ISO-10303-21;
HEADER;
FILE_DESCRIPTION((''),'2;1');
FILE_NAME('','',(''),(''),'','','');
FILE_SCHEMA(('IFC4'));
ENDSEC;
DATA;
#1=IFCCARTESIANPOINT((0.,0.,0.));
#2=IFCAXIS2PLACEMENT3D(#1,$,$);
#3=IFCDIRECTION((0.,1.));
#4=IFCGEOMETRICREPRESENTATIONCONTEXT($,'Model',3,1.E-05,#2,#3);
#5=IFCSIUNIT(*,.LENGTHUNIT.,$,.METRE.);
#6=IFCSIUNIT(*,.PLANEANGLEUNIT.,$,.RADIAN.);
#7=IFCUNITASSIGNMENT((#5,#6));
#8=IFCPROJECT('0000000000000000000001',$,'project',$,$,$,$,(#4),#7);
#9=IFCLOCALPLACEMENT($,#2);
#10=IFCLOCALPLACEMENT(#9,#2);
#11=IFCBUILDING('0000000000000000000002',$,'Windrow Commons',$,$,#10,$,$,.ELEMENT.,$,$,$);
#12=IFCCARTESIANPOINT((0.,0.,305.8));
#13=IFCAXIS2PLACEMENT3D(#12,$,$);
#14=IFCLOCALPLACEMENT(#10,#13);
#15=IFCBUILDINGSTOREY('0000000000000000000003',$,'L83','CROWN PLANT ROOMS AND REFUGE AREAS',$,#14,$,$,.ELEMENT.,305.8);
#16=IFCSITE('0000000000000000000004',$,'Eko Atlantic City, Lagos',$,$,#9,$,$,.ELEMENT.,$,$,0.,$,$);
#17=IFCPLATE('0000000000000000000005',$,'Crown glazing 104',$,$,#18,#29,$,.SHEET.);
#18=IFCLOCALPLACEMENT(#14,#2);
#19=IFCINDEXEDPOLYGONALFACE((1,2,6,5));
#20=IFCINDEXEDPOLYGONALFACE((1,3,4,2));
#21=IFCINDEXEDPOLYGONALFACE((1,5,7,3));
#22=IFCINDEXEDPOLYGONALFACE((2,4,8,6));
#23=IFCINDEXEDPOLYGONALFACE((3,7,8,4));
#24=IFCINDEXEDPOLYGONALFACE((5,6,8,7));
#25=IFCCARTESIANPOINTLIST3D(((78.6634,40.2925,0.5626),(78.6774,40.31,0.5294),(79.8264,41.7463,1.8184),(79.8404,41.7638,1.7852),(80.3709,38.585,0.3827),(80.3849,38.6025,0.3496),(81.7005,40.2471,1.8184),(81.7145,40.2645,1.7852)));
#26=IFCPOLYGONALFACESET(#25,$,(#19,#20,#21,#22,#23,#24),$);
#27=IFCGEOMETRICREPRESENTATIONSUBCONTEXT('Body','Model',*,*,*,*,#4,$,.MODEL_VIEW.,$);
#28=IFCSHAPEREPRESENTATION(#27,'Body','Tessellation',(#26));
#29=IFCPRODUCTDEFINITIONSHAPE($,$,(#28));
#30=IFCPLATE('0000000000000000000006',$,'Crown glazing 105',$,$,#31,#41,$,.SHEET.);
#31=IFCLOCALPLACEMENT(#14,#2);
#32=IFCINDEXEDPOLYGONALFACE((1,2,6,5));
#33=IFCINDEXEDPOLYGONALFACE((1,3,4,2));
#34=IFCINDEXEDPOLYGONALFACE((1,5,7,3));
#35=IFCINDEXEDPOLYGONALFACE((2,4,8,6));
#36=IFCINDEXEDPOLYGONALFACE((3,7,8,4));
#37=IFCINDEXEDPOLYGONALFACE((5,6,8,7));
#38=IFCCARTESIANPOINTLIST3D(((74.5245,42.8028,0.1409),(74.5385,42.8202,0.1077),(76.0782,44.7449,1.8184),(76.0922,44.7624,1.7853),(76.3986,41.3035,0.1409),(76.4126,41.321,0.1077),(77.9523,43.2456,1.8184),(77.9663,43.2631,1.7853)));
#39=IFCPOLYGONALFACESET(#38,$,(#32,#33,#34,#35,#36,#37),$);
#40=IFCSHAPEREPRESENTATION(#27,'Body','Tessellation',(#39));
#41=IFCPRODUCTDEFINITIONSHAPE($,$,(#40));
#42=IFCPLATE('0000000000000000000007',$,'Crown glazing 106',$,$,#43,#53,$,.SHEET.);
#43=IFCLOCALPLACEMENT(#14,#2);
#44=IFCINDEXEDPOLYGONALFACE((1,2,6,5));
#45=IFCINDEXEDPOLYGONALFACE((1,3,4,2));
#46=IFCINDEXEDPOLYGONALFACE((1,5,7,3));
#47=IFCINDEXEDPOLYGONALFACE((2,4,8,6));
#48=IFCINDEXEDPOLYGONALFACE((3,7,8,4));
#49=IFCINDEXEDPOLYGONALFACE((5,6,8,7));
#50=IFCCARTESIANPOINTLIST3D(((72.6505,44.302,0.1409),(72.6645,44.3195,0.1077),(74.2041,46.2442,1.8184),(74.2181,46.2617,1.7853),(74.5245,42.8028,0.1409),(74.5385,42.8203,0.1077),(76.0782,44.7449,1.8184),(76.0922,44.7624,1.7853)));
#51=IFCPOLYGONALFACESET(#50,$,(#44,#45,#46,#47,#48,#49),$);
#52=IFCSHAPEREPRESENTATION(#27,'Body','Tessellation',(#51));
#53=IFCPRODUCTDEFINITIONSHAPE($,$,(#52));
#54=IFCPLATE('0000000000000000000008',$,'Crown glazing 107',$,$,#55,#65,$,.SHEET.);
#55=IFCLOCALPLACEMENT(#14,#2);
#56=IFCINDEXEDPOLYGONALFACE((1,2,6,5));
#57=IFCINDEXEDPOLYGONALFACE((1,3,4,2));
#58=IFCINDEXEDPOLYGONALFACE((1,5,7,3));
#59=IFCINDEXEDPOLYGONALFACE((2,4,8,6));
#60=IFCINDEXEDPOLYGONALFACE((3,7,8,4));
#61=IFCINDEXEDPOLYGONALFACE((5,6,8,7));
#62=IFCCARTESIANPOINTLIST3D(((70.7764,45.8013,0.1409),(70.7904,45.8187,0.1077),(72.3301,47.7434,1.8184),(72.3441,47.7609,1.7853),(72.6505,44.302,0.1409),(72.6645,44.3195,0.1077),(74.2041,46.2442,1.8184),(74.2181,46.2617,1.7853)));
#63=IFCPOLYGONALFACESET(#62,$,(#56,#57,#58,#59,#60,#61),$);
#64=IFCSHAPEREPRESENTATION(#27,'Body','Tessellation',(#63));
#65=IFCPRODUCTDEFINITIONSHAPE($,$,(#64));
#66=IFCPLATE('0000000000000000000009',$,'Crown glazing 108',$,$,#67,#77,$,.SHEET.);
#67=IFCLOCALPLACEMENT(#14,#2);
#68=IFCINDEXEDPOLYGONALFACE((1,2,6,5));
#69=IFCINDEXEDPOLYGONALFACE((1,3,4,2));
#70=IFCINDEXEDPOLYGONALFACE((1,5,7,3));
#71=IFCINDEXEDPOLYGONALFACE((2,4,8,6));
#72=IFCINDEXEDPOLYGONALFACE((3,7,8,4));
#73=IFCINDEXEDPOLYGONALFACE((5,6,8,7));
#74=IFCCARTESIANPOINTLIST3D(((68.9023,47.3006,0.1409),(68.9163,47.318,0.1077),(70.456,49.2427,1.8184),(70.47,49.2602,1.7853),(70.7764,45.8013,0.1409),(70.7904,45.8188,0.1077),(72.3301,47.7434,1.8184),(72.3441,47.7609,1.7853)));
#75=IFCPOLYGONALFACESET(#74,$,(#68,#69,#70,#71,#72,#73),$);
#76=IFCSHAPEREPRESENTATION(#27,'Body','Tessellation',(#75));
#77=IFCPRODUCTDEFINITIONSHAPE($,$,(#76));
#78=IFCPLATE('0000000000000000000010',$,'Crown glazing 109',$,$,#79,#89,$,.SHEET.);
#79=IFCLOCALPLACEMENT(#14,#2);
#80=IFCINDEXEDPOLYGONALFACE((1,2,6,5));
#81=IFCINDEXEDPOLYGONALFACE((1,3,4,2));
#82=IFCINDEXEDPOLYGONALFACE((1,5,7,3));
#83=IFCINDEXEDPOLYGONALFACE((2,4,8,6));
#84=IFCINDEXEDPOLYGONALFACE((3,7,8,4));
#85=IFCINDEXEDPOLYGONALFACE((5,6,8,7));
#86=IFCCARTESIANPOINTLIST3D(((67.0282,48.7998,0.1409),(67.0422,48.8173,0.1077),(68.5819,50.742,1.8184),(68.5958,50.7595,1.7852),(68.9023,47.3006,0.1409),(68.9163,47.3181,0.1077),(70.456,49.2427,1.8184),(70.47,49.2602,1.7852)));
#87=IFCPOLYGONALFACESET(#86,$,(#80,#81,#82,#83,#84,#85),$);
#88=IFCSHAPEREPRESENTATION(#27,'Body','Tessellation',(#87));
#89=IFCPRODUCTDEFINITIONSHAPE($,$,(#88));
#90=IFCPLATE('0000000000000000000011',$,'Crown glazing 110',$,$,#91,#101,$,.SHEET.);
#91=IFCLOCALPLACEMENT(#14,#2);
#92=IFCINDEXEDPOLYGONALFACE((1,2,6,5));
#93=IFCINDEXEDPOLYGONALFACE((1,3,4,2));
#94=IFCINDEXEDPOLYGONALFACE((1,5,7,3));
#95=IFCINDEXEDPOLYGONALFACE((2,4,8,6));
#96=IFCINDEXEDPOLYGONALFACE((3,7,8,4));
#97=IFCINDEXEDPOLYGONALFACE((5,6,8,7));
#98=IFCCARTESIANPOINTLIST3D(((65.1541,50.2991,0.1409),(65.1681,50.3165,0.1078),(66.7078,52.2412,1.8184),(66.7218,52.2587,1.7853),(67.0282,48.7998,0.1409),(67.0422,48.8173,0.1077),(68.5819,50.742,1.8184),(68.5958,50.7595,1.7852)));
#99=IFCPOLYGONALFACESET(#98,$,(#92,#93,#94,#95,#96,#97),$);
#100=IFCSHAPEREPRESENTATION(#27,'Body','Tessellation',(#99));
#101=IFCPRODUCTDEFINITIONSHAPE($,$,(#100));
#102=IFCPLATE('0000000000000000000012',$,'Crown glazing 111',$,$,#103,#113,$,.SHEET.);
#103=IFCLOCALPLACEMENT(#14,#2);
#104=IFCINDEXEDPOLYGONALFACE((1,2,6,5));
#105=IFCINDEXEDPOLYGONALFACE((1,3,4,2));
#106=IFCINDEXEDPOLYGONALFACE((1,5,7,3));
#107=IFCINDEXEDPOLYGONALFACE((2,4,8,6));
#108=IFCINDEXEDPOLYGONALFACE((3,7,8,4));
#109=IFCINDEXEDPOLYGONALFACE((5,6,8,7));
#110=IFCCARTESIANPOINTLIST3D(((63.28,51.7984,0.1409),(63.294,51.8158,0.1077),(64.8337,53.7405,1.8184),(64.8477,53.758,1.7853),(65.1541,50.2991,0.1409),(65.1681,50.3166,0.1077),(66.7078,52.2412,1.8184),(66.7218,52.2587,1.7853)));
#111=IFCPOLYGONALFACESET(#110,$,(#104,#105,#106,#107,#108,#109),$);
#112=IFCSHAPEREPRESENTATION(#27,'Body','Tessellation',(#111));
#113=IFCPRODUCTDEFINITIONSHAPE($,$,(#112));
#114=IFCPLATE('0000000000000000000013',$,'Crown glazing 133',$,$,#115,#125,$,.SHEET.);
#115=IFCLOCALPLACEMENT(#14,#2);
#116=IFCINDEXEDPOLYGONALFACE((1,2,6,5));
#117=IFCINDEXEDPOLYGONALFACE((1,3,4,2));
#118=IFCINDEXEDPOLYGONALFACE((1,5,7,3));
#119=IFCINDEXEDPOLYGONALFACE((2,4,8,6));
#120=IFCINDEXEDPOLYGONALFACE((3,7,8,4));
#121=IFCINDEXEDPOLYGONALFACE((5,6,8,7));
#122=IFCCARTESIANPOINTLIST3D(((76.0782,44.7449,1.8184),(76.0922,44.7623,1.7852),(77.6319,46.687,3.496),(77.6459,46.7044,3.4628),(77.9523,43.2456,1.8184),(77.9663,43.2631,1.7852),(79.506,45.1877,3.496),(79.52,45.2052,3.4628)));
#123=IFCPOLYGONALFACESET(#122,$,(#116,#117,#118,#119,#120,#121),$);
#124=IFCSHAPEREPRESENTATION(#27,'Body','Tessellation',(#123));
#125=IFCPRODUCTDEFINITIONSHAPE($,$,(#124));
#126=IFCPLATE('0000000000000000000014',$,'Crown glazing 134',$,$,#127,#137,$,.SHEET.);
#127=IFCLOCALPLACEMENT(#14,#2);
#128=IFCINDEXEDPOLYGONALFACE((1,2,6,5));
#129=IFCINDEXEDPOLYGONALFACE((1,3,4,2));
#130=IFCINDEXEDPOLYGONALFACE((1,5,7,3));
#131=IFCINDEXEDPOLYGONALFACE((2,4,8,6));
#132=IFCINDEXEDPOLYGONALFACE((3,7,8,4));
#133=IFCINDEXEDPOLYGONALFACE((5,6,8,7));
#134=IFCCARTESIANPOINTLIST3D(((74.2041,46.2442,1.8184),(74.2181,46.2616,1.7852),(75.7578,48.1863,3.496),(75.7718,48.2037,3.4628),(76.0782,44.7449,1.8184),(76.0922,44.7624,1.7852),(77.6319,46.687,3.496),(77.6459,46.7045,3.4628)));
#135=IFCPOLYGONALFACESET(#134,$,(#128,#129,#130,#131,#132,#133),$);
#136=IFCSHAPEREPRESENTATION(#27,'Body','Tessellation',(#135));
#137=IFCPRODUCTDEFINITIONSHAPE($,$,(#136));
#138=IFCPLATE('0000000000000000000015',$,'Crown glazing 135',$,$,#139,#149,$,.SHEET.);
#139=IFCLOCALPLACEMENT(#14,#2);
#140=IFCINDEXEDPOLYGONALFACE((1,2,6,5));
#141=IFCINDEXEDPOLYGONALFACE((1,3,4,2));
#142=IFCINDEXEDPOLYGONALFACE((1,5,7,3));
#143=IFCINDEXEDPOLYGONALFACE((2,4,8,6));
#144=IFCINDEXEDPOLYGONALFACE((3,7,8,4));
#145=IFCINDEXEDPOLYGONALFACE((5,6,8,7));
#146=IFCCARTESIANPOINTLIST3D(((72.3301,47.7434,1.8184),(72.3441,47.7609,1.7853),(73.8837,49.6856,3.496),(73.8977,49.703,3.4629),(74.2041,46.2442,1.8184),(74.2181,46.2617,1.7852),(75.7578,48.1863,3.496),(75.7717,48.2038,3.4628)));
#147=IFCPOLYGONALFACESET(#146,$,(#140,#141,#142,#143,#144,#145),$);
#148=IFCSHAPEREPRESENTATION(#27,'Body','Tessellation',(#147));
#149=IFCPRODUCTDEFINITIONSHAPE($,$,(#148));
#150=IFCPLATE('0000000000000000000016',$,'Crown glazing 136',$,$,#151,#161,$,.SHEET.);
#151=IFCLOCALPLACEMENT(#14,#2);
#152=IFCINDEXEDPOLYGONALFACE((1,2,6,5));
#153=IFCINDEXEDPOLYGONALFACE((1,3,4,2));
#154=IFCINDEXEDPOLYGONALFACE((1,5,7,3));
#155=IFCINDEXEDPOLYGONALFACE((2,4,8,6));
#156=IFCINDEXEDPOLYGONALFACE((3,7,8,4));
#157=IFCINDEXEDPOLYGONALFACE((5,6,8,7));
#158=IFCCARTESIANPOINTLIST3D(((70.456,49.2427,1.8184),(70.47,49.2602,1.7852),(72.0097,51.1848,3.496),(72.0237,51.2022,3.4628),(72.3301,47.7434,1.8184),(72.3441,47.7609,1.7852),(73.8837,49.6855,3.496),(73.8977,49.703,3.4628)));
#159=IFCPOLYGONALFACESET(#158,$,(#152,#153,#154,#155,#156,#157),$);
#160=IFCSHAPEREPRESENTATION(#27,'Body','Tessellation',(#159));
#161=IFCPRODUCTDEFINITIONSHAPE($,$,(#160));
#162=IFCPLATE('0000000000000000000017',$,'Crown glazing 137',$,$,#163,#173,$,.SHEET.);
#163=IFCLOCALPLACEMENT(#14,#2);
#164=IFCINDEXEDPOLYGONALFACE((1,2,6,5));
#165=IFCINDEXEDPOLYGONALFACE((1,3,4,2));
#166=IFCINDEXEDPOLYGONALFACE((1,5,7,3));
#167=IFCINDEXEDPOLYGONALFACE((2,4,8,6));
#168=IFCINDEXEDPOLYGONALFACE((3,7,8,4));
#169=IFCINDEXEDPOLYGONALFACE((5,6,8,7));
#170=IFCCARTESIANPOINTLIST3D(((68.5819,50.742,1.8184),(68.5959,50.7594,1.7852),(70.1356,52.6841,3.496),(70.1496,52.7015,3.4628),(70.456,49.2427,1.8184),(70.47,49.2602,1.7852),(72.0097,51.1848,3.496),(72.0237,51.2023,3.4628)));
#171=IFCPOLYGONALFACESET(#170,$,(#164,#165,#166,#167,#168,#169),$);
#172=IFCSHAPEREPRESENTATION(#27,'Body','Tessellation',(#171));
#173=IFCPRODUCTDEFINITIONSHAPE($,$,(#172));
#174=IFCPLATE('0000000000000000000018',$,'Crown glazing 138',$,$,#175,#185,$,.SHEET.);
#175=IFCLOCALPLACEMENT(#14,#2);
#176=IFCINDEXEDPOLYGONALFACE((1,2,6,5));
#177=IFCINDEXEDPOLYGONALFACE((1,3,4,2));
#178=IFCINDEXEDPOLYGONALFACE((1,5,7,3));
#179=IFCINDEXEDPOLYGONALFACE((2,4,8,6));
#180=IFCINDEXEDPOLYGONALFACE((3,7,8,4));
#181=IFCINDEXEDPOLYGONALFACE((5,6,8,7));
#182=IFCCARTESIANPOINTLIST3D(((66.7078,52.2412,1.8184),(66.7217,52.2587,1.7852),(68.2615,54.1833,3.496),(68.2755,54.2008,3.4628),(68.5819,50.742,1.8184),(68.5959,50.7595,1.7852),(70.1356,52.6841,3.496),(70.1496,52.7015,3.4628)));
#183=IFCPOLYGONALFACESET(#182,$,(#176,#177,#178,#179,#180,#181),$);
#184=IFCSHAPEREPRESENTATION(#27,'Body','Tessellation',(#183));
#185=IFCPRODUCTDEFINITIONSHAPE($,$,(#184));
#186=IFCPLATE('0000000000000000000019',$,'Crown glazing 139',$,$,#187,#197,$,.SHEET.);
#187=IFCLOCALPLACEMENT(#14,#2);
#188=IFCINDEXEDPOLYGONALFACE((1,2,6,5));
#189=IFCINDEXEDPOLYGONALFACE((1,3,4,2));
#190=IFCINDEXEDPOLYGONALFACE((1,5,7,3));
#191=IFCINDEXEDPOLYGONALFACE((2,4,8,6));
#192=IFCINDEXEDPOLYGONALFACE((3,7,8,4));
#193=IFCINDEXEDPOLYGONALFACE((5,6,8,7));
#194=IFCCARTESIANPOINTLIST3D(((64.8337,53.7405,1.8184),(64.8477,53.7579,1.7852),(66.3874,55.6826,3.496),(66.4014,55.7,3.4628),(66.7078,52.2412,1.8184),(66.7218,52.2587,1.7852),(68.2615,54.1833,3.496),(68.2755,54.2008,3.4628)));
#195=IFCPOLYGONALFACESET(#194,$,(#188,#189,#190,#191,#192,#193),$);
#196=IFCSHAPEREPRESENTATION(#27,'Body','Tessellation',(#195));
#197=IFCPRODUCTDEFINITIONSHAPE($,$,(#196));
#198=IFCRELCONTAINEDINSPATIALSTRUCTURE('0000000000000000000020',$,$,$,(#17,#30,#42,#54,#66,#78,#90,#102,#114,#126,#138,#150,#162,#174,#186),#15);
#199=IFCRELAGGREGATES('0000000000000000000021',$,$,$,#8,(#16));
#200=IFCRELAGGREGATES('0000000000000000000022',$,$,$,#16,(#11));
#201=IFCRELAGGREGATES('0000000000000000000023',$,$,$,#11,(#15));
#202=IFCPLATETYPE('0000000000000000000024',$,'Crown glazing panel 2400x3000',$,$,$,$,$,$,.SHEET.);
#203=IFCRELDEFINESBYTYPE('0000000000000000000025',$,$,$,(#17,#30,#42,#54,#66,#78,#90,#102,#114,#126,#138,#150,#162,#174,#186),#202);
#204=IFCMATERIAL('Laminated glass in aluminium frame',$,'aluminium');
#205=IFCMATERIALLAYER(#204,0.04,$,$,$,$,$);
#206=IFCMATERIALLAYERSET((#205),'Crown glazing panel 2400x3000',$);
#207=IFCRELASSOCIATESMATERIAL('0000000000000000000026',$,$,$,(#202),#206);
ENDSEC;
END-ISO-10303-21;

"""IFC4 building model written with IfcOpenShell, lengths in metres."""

from ifc_helpers import new_model, si_unit, direction, frame, origin, place, context, subcontext, project, spatial, polyline, outline, extrude, material, layer, layer_set, type_object, element, save


model = new_model("IFC4")

# Units and contexts
model_context = context("Model", 3, precision=1e-05, world=origin(), true_north=direction((0.0, 1.0)))
body_context = subcontext(model_context, "Body", "Model", "MODEL_VIEW")
ifc_project = project(units=[si_unit("LENGTHUNIT", "METRE"), si_unit("PLANEANGLEUNIT", "RADIAN")], contexts=[model_context])

# Site, building, storey
site_placement = place(None, origin())
site = spatial("IfcSite", under=ifc_project, at=site_placement, Name="Eko Atlantic City, Lagos", CompositionType="ELEMENT", RefElevation=0.0)
building_placement = place(site_placement, origin())
building = spatial("IfcBuilding", under=site, at=building_placement, Name="Windrow Commons", CompositionType="ELEMENT")
storey_placement = place(building_placement, frame((0.0, 0.0, 305.8)))
storey = spatial("IfcBuildingStorey", under=building, at=storey_placement, Name="L83", Description="CROWN PLANT ROOMS AND REFUGE AREAS", CompositionType="ELEMENT", Elevation=305.8)

# Plates
ifc_material = material(Name="Laminated glass in aluminium frame", Category="aluminium")
ifc_layer = layer(ifc_material, 0.04)
ifc_layer_set = layer_set([ifc_layer], Name="Crown glazing panel 2400x3000")
plate_type = type_object("IfcPlateType", Name="Crown glazing panel 2400x3000", PredefinedType="SHEET", material=ifc_layer_set)
plate_1_placement = place(storey_placement, frame((78.6634, 40.2925, 0.5626), z_axis=(-0.349325, -0.436649, 0.829041), x_axis=(0.517887, 0.647381, 0.559187)))
element("IfcPlate", 1, at=plate_1_placement, inside=storey, type_object=plate_type, Name="Crown glazing 104", PredefinedType="SHEET", context=body_context, shape_type="SweptSolid", body=[
    extrude(outline(polyline([(0.0, 0.0), (2.2457, 0.0), (2.2457, -2.4), (-0.3217, -2.4), (0.0, 0.0)])), origin(), (0.0, 0.0, -1.0), 0.04),
])
plate_2_placement = place(storey_placement, frame((76.3986, 41.3035, 0.1409), z_axis=(-0.349316, -0.43664, 0.82905), x_axis=(-0.780865, 0.6247, 0.0)))
element("IfcPlate", 2, at=plate_2_placement, inside=storey, type_object=plate_type, Name="Crown glazing 105", PredefinedType="SHEET", context=body_context, shape_type="SweptSolid", body=[
    extrude(outline(polyline([(0.0, 0.0), (2.4, 0.0), (2.4, -3.0), (0.0, -3.0), (0.0, 0.0)])), origin(), (0.0, 0.0, -1.0), 0.04),
])
plate_3_placement = place(storey_placement, frame((74.5245, 42.8028, 0.1409), z_axis=(-0.349314, -0.43664, 0.829051), x_axis=(-0.780868, 0.624696, -0.000002)))
element("IfcPlate", 3, at=plate_3_placement, inside=storey, type_object=plate_type, Name="Crown glazing 106", PredefinedType="SHEET", context=body_context, shape_type="SweptSolid", body=[
    extrude(outline(polyline([(0.0, 0.0), (2.3999, 0.0), (2.4, -3.0), (0.0, -3.0), (0.0, 0.0)])), origin(), (0.0, 0.0, -1.0), 0.04),
])
plate_4_placement = place(storey_placement, frame((72.6505, 44.302, 0.1409), z_axis=(-0.349314, -0.43664, 0.829051), x_axis=(-0.780865, 0.624699, 0.000002)))
element("IfcPlate", 4, at=plate_4_placement, inside=storey, type_object=plate_type, Name="Crown glazing 107", PredefinedType="SHEET", context=body_context, shape_type="SweptSolid", body=[
    extrude(outline(polyline([(0.0, 0.0), (2.4, 0.0), (2.4, -3.0), (0.0001, -3.0), (0.0, 0.0)])), origin(), (0.0, 0.0, -1.0), 0.04),
])
plate_5_placement = place(storey_placement, frame((70.7764, 45.8013, 0.1409), z_axis=(-0.349316, -0.43664, 0.82905), x_axis=(-0.780865, 0.6247, 0.0)))
element("IfcPlate", 5, at=plate_5_placement, inside=storey, type_object=plate_type, Name="Crown glazing 108", PredefinedType="SHEET", context=body_context, shape_type="SweptSolid", body=[
    extrude(outline(polyline([(0.0, 0.0), (2.4, 0.0), (2.4, -3.0), (0.0, -3.0), (0.0, 0.0)])), origin(), (0.0, 0.0, -1.0), 0.04),
])
plate_6_placement = place(storey_placement, frame((68.9023, 47.3006, 0.1409), z_axis=(-0.349306, -0.436641, 0.829054), x_axis=(-0.780882, 0.624679, -0.000008)))
element("IfcPlate", 6, at=plate_6_placement, inside=storey, type_object=plate_type, Name="Crown glazing 109", PredefinedType="SHEET", context=body_context, shape_type="SweptSolid", body=[
    extrude(outline(polyline([(0.0, 0.0), (2.4, 0.0), (2.4, -3.0), (-0.0001, -3.0), (0.0, 0.0)])), origin(), (0.0, 0.0, -1.0), 0.04),
])
plate_7_placement = place(storey_placement, frame((67.0282, 48.7998, 0.1409), z_axis=(-0.349306, -0.436641, 0.829054), x_axis=(-0.780868, 0.624696, 0.000008)))
element("IfcPlate", 7, at=plate_7_placement, inside=storey, type_object=plate_type, Name="Crown glazing 110", PredefinedType="SHEET", context=body_context, shape_type="SweptSolid", body=[
    extrude(outline(polyline([(0.0, 0.0), (2.4, 0.0), (2.4, -3.0), (0.0001, -3.0), (0.0, 0.0)])), origin(), (0.0, 0.0, -1.0), 0.04),
])
for number, where, z_axis, x_axis, name in (
    (8, (65.1541, 50.2991, 0.1409), (-0.349316, -0.43664, 0.82905), (-0.780865, 0.6247, 0.0), "Crown glazing 111"),
    (9, (77.9523, 43.2456, 1.8184), (-0.349331, -0.436658, 0.829034), (-0.780865, 0.6247, 0.0), "Crown glazing 133"),
    (10, (76.0782, 44.7449, 1.8184), (-0.349331, -0.436658, 0.829034), (-0.780865, 0.6247, 0.0), "Crown glazing 134"),
):
    element("IfcPlate", number, at=place(storey_placement, frame(where, z_axis=z_axis, x_axis=x_axis)), inside=storey, type_object=plate_type, Name=name, PredefinedType="SHEET", context=body_context, shape_type="SweptSolid", body=[
        extrude(outline(polyline([(0.0, 0.0), (2.4, 0.0), (2.4, -3.0), (0.0, -3.0), (0.0, 0.0)])), origin(), (0.0, 0.0, -1.0), 0.04),
    ])
plate_8_placement = place(storey_placement, frame((74.2041, 46.2442, 1.8184), z_axis=(-0.349325, -0.436668, 0.829031), x_axis=(-0.780871, 0.624692, 0.000006)))
element("IfcPlate", 11, at=plate_8_placement, inside=storey, type_object=plate_type, Name="Crown glazing 135", PredefinedType="SHEET", context=body_context, shape_type="SweptSolid", body=[
    extrude(outline(polyline([(0.0, 0.0), (2.3999, 0.0), (2.4, -3.0), (0.0, -3.0), (0.0, 0.0)])), origin(), (0.0, 0.0, -1.0), 0.04),
])
plate_9_placement = place(storey_placement, frame((72.3301, 47.7434, 1.8184), z_axis=(-0.349339, -0.436657, 0.829031), x_axis=(-0.780862, 0.624703, -0.000006)))
element("IfcPlate", 12, at=plate_9_placement, inside=storey, type_object=plate_type, Name="Crown glazing 136", PredefinedType="SHEET", context=body_context, shape_type="SweptSolid", body=[
    extrude(outline(polyline([(0.0, 0.0), (2.4, 0.0), (2.4, -3.0), (0.0001, -3.0), (0.0, 0.0)])), origin(), (0.0, 0.0, -1.0), 0.04),
])
plate_10_placement = place(storey_placement, frame((70.456, 49.2427, 1.8184), z_axis=(-0.349331, -0.436658, 0.829034), x_axis=(-0.780865, 0.6247, 0.0)))
element("IfcPlate", 13, at=plate_10_placement, inside=storey, type_object=plate_type, Name="Crown glazing 137", PredefinedType="SHEET", context=body_context, shape_type="SweptSolid", body=[
    extrude(outline(polyline([(0.0, 0.0), (2.4, 0.0), (2.4, -3.0), (0.0, -3.0), (0.0, 0.0)])), origin(), (0.0, 0.0, -1.0), 0.04),
])
plate_11_placement = place(storey_placement, frame((68.5819, 50.742, 1.8184), z_axis=(-0.349317, -0.436669, 0.829034), x_axis=(-0.780885, 0.624675, 0.0)))
element("IfcPlate", 14, at=plate_11_placement, inside=storey, type_object=plate_type, Name="Crown glazing 138", PredefinedType="SHEET", context=body_context, shape_type="SweptSolid", body=[
    extrude(outline(polyline([(0.0, 0.0), (2.4, 0.0), (2.3999, -3.0), (-0.0001, -3.0), (0.0, 0.0)])), origin(), (0.0, 0.0, -1.0), 0.04),
])
for number, where, z_axis, x_axis, name in (
    (15, (66.7078, 52.2412, 1.8184), (-0.349331, -0.436658, 0.829034), (-0.780865, 0.6247, 0.0), "Crown glazing 139"),
):
    element("IfcPlate", number, at=place(storey_placement, frame(where, z_axis=z_axis, x_axis=x_axis)), inside=storey, type_object=plate_type, Name=name, PredefinedType="SHEET", context=body_context, shape_type="SweptSolid", body=[
        extrude(outline(polyline([(0.0, 0.0), (2.4, 0.0), (2.4, -3.0), (0.0, -3.0), (0.0, 0.0)])), origin(), (0.0, 0.0, -1.0), 0.04),
    ])

save(model, "model.ifc")
